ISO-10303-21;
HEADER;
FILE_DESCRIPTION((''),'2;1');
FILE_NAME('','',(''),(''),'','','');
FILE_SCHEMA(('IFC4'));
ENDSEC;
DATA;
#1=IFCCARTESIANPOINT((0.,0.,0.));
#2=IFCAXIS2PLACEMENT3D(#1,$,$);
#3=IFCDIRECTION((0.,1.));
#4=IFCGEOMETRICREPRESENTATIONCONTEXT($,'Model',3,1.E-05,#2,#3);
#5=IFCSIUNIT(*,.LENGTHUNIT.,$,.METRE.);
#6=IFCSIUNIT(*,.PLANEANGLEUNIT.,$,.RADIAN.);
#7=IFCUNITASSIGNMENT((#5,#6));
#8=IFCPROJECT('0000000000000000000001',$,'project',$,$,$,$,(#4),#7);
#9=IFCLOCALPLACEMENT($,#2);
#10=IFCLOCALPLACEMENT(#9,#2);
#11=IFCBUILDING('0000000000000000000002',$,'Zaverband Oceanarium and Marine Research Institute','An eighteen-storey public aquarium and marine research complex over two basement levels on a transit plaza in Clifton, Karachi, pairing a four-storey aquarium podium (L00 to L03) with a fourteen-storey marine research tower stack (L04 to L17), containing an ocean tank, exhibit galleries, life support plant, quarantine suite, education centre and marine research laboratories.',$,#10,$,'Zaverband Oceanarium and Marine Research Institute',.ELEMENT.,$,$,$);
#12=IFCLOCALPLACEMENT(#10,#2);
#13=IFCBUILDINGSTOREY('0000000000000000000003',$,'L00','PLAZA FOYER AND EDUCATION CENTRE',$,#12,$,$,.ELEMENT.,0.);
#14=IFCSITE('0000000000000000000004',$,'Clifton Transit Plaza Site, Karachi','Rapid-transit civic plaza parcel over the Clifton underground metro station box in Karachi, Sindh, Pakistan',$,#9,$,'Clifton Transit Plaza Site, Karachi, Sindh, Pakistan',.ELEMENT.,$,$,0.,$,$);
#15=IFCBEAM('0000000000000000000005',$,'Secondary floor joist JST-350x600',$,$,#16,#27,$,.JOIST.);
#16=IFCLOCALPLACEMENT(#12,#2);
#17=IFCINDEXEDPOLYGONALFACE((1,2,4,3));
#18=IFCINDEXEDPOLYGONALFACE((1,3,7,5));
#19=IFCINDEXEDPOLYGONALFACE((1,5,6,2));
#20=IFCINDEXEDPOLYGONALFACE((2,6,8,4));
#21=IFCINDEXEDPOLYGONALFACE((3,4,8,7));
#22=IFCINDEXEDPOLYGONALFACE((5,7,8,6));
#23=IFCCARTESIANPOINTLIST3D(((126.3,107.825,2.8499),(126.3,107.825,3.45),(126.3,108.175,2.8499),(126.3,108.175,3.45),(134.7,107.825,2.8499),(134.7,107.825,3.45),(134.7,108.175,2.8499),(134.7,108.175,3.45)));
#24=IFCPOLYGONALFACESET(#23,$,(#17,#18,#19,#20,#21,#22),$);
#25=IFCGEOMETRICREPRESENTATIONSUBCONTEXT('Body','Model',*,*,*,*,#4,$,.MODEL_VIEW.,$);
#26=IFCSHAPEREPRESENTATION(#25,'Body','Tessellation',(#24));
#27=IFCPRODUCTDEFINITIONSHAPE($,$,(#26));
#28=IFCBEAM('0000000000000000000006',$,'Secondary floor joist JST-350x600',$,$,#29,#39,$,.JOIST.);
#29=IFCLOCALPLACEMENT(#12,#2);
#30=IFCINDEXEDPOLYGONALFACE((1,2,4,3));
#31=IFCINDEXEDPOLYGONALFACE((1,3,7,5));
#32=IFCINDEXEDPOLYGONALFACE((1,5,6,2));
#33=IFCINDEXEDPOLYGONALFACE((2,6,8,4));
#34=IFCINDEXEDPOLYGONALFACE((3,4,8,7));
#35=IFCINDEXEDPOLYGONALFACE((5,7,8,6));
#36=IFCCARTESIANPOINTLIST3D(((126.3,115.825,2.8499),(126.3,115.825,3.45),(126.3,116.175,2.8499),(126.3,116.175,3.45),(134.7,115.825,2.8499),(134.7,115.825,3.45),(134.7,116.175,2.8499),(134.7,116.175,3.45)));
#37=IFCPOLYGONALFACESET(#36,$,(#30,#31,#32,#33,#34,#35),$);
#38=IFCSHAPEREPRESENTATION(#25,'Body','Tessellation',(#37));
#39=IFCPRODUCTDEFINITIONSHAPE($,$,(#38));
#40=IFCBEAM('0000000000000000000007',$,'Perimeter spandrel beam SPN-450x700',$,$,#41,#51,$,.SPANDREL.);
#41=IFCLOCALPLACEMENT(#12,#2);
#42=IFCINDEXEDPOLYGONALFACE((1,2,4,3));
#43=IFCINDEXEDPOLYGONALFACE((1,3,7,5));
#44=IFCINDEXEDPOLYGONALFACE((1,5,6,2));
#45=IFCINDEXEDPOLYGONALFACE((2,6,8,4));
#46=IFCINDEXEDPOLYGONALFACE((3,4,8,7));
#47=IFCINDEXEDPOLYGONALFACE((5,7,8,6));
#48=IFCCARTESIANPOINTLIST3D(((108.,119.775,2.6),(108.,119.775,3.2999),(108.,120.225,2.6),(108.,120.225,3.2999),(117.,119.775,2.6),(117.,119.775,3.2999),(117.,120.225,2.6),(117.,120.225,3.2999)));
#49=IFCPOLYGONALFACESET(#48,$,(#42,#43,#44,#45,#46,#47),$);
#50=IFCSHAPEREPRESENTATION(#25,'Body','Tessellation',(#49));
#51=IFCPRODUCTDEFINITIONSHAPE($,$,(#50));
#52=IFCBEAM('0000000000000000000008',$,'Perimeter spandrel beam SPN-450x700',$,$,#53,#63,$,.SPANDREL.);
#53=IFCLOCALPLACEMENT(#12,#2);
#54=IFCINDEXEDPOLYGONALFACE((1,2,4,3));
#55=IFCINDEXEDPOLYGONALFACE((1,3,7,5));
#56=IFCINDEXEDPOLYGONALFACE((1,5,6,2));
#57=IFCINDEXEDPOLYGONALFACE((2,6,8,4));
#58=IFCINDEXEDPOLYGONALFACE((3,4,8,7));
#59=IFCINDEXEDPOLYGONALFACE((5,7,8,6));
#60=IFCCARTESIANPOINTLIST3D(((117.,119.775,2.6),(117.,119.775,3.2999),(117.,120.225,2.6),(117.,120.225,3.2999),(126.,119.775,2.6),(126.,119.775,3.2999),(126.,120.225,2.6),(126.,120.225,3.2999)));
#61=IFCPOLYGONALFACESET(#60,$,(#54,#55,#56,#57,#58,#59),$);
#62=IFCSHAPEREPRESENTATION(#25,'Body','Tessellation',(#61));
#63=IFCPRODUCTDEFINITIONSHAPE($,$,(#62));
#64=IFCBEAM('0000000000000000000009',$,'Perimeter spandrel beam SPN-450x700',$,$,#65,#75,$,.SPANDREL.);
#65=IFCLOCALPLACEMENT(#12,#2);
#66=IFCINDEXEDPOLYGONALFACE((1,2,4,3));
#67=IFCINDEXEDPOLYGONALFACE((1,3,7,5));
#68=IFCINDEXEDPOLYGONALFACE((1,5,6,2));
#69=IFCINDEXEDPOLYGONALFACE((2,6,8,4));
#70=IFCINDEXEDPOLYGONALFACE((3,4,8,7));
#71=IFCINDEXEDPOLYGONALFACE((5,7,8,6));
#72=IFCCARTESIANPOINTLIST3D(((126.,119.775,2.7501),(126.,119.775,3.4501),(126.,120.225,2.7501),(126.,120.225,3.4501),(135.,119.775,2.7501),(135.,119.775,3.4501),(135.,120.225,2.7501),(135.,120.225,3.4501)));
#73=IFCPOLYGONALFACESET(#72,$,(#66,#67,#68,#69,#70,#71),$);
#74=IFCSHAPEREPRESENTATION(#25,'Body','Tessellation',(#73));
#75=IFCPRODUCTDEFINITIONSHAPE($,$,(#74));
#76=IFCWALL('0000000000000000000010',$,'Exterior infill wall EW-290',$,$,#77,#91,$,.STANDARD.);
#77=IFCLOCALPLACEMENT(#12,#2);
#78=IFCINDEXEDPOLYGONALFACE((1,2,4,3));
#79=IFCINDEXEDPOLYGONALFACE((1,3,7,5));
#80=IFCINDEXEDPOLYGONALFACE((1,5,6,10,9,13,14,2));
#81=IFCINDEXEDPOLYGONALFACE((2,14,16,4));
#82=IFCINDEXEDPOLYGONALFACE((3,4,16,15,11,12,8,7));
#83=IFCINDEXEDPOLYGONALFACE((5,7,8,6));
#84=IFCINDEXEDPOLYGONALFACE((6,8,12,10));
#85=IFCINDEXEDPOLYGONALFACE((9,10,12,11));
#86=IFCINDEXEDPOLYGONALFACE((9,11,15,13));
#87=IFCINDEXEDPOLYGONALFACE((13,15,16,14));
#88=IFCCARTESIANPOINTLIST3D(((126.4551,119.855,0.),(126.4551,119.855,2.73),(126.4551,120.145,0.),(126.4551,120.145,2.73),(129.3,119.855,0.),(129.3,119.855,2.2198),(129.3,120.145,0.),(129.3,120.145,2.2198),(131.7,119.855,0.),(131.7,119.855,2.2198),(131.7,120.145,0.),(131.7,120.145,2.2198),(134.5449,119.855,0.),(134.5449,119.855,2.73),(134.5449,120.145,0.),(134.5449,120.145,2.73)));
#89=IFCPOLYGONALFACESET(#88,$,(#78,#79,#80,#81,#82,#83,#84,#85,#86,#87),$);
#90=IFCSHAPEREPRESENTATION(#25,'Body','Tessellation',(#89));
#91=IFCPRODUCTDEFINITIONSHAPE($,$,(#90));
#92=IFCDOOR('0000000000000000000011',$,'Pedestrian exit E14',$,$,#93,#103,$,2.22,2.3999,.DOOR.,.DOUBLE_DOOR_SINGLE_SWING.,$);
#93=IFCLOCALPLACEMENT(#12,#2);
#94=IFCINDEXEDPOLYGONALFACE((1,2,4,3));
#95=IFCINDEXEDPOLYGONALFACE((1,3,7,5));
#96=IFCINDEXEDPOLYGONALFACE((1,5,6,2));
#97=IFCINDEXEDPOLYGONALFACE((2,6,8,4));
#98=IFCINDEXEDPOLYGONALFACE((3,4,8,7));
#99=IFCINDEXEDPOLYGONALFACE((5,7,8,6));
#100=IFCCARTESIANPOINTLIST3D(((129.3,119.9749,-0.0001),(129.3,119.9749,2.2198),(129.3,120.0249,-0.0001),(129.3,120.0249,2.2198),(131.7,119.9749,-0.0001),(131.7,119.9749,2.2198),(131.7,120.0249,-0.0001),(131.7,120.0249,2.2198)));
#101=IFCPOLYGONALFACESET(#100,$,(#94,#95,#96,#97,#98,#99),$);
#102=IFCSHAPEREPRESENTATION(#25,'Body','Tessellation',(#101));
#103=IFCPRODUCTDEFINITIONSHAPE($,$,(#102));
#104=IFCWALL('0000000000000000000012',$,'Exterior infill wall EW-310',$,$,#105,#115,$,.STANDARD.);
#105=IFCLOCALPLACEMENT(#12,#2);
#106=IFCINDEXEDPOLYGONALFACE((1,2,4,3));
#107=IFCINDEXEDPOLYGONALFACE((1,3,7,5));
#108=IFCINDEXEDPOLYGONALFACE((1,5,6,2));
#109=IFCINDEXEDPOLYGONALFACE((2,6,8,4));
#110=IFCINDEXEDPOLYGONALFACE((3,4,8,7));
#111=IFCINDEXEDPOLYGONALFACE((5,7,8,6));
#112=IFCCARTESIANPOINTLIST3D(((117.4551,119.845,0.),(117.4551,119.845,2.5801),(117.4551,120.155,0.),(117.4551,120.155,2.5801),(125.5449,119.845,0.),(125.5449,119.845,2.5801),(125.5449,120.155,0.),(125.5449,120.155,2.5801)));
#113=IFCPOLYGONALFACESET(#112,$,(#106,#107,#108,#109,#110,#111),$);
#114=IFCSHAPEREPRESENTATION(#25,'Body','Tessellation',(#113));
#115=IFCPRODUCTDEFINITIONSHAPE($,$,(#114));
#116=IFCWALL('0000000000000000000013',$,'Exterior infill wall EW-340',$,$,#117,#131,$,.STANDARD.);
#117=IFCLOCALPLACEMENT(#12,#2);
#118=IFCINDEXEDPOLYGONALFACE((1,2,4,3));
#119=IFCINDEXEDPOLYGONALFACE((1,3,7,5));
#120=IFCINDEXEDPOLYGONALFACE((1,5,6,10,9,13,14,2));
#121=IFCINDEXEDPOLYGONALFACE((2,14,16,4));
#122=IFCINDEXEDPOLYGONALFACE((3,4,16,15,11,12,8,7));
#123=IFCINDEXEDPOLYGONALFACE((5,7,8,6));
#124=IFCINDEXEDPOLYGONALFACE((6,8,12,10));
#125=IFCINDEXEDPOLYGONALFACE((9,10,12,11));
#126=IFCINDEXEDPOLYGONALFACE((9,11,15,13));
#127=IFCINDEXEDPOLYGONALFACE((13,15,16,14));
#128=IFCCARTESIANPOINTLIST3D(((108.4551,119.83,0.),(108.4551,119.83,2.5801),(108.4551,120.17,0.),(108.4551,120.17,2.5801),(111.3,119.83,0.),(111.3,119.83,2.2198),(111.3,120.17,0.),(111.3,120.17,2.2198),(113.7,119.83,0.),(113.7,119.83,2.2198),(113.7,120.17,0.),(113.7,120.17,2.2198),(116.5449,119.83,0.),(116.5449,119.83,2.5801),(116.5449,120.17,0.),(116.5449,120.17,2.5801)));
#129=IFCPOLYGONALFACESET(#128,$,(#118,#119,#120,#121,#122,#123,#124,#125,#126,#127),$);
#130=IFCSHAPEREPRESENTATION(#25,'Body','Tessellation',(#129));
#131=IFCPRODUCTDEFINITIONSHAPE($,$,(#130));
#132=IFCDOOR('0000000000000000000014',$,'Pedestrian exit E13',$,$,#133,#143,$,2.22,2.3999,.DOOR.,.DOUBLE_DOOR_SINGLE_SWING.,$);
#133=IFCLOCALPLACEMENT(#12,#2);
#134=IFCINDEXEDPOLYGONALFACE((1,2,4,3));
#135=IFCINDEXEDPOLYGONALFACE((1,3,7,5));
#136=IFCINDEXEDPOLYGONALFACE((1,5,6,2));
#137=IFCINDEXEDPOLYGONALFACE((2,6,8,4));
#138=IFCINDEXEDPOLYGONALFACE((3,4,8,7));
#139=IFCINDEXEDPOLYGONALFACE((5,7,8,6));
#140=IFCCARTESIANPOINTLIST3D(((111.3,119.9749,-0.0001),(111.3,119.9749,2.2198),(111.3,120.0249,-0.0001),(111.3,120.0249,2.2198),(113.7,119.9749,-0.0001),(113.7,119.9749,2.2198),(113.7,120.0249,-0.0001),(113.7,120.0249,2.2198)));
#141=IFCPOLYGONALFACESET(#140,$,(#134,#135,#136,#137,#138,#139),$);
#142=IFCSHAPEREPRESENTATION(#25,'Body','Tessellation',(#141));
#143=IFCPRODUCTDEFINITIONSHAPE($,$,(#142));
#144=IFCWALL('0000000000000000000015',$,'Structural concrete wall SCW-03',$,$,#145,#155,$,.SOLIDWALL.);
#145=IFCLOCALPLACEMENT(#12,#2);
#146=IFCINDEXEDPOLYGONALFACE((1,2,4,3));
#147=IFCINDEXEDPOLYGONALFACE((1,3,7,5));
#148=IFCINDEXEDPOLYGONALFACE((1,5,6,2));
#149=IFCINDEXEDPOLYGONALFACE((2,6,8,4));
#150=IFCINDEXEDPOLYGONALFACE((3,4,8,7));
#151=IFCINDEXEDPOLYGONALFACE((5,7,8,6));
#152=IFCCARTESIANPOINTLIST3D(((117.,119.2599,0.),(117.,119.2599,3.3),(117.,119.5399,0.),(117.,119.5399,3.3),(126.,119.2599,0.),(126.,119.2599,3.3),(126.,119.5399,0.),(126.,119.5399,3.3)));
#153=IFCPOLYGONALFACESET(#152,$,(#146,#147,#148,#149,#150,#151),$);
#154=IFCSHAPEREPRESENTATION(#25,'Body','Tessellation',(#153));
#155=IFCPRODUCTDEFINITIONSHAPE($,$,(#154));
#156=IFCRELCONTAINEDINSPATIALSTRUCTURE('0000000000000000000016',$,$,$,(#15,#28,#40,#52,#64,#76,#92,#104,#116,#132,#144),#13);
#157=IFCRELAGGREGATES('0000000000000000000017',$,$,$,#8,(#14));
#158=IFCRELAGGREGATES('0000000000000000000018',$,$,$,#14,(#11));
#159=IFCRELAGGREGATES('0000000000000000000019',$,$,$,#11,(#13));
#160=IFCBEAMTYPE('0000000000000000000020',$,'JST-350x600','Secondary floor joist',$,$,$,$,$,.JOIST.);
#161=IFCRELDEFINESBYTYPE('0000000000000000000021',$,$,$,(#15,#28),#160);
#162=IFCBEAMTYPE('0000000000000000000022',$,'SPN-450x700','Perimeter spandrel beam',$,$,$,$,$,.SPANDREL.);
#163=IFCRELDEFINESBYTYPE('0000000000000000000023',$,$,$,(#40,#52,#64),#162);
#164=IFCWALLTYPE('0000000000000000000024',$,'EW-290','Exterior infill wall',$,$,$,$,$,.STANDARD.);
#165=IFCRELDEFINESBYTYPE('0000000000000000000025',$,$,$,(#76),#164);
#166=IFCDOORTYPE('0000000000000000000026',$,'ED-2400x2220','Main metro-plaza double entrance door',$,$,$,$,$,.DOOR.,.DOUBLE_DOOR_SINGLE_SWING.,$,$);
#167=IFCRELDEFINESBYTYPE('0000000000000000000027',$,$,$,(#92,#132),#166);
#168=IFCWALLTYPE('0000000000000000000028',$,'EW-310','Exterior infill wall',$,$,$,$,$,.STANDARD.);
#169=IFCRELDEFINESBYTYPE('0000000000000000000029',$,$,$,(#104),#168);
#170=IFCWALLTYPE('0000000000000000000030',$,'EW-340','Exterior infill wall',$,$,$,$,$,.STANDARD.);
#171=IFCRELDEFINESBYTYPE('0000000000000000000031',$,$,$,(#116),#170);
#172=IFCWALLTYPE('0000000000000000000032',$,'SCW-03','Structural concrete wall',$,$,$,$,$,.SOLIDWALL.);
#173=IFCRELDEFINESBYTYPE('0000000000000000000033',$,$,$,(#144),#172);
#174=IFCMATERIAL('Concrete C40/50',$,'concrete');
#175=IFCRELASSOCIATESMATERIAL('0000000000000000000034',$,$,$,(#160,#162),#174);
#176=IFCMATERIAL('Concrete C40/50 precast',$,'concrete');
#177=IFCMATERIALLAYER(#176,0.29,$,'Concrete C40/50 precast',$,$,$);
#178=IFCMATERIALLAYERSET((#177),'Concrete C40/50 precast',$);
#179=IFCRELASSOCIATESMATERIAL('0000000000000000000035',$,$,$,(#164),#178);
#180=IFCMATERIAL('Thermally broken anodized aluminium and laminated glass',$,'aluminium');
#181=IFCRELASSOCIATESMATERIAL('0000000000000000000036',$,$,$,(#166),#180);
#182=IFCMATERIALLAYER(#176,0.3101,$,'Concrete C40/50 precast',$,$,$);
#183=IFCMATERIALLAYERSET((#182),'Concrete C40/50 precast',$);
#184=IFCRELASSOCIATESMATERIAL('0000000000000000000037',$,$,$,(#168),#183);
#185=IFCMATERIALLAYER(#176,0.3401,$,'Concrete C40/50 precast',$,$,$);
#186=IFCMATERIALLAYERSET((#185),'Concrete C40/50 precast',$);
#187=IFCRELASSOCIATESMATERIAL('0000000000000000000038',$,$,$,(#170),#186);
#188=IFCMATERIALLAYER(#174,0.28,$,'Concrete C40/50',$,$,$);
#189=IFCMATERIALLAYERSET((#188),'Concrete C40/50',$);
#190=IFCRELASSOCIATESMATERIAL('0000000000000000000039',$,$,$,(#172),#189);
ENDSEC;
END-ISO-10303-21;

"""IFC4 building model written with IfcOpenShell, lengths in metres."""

from ifc_helpers import new_model, si_unit, direction, frame, frame_2d, origin, origin_2d, place, context, subcontext, project, spatial, rectangle, extrude, material, layer, layer_set, material_profile, profile_set, type_object, element, fill, save


model = new_model("IFC4")

# Units and contexts
model_context = context("Model", 3, precision=1e-05, world=origin(), true_north=direction((0.0, 1.0)))
body_context = subcontext(model_context, "Body", "Model", "MODEL_VIEW")
ifc_project = project(units=[si_unit("LENGTHUNIT", "METRE"), si_unit("PLANEANGLEUNIT", "RADIAN")], contexts=[model_context])

# Site, building, storey
site_placement = place(None, origin())
site = spatial("IfcSite", under=ifc_project, at=site_placement, Name="Clifton Transit Plaza Site, Karachi", Description="Rapid-transit civic plaza parcel over the Clifton underground metro station box in Karachi, Sindh, Pakistan", LongName="Clifton Transit Plaza Site, Karachi, Sindh, Pakistan", CompositionType="ELEMENT", RefElevation=0.0)
building_placement = place(site_placement, origin())
building = spatial("IfcBuilding", under=site, at=building_placement, Name="Zaverband Oceanarium and Marine Research Institute", Description="An eighteen-storey public aquarium and marine research complex over two basement levels on a transit plaza in Clifton, Karachi, pairing a four-storey aquarium podium (L00 to L03) with a fourteen-storey marine research tower stack (L04 to L17), containing an ocean tank, exhibit galleries, life support plant, quarantine suite, education centre and marine research laboratories.", LongName="Zaverband Oceanarium and Marine Research Institute", CompositionType="ELEMENT")
storey_placement = place(building_placement, origin())
storey = spatial("IfcBuildingStorey", under=building, at=storey_placement, Name="L00", Description="PLAZA FOYER AND EDUCATION CENTRE", CompositionType="ELEMENT", Elevation=0.0)

# Beams
ifc_material_1 = material(Name="Concrete C40/50", Category="concrete")
ifc_material_profile_1 = material_profile(ifc_material_1, rectangle(XDim=0.3501, YDim=0.6001, at=origin_2d()), Name="RC350x600")
ifc_profile_set_1 = profile_set([ifc_material_profile_1], Name="Concrete C40/50")
beam_type_1 = type_object("IfcBeamType", Name="JST-350x600", Description="Secondary floor joist", PredefinedType="JOIST", material=ifc_profile_set_1)
for number, where, z_axis, x_axis, name in (
    (1, (126.3, 108.0, 3.1499), (1.0, 0.0, 0.0), (0.0, 1.0, 0.0), "Secondary floor joist JST-350x600"),
    (2, (126.3, 116.0, 3.1499), (1.0, 0.0, 0.0), (0.0, 1.0, 0.0), "Secondary floor joist JST-350x600"),
):
    element("IfcBeam", number, at=place(storey_placement, frame(where, z_axis=z_axis, x_axis=x_axis)), inside=storey, type_object=beam_type_1, Name=name, PredefinedType="JOIST", context=body_context, shape_type="SweptSolid", body=[
        extrude(rectangle(XDim=0.3501, YDim=0.6001, at=origin_2d()), origin(), (0.0, 0.0, 1.0), 8.3999),
    ])
ifc_material_profile_2 = material_profile(ifc_material_1, rectangle(XDim=0.45, YDim=0.7, at=origin_2d()), Name="RC450x700")
ifc_profile_set_2 = profile_set([ifc_material_profile_2], Name="Concrete C40/50")
beam_type_2 = type_object("IfcBeamType", Name="SPN-450x700", Description="Perimeter spandrel beam", PredefinedType="SPANDREL", material=ifc_profile_set_2)
for number, where, z_axis, x_axis, name in (
    (3, (108.0, 120.0, 2.95), (1.0, 0.0, 0.0), (0.0, 1.0, 0.0), "Perimeter spandrel beam SPN-450x700"),
    (4, (117.0, 120.0, 2.95), (1.0, 0.0, 0.0), (0.0, 1.0, 0.0), "Perimeter spandrel beam SPN-450x700"),
    (5, (126.0, 120.0, 3.1001), (1.0, 0.0, 0.0), (0.0, 1.0, 0.0), "Perimeter spandrel beam SPN-450x700"),
):
    element("IfcBeam", number, at=place(storey_placement, frame(where, z_axis=z_axis, x_axis=x_axis)), inside=storey, type_object=beam_type_2, Name=name, PredefinedType="SPANDREL", context=body_context, shape_type="SweptSolid", body=[
        extrude(rectangle(XDim=0.45, YDim=0.7, at=origin_2d()), origin(), (0.0, 0.0, 1.0), 9.0),
    ])

# Wall, opening, door
ifc_material_2 = material(Name="Concrete C40/50 precast", Category="concrete")
ifc_layer_1 = layer(ifc_material_2, 0.29, Name="Concrete C40/50 precast")
ifc_layer_set_1 = layer_set([ifc_layer_1], Name="Concrete C40/50 precast")
wall_type_1 = type_object("IfcWallType", Name="EW-290", Description="Exterior infill wall", PredefinedType="STANDARD", material=ifc_layer_set_1)
wall_1_placement = place(storey_placement, frame((126.4551, 120.0, 0.0), z_axis=(0.0, 0.0, 1.0), x_axis=(1.0, 0.0, 0.0)))
wall_1 = element("IfcWall", 6, at=wall_1_placement, inside=storey, type_object=wall_type_1, Name="Exterior infill wall EW-290", PredefinedType="STANDARD", context=body_context, shape_type="SweptSolid", body=[
    extrude(rectangle(XDim=8.0898, YDim=0.29, at=frame_2d((4.0449, 0.0))), origin(), (0.0, 0.0, 1.0), 2.73),
])
opening_1_placement = place(wall_1_placement, frame((2.845, 0.0, 0.0)))
opening_1 = element("IfcOpeningElement", 7, at=opening_1_placement, cuts=wall_1, PredefinedType="OPENING", context=body_context, shape_type="SweptSolid", body=[
    extrude(rectangle(XDim=2.3999, YDim=2.22, at=frame_2d((1.2, 1.1099))), frame((0.0, 0.157, 0.0), z_axis=(0.0, -1.0, 0.0), x_axis=(1.0, 0.0, 0.0)), (0.0, 0.0, 1.0), 0.314),
])
ifc_material_3 = material(Name="Thermally broken anodized aluminium and laminated glass", Category="aluminium")
door_type = type_object("IfcDoorType", Name="ED-2400x2220", Description="Main metro-plaza double entrance door", OperationType="DOUBLE_DOOR_SINGLE_SWING", PredefinedType="DOOR", material=ifc_material_3)
door_1_placement = place(opening_1_placement, origin())
door_1 = element("IfcDoor", 8, at=door_1_placement, inside=storey, type_object=door_type, Name="Pedestrian exit E14", OperationType="DOUBLE_DOOR_SINGLE_SWING", OverallHeight=2.22, OverallWidth=2.3999, PredefinedType="DOOR", context=body_context, shape_type="SweptSolid", body=[
    extrude(rectangle(XDim=2.3999, YDim=2.22, at=frame_2d((1.2, 1.1099))), frame((0.0, 0.0249, 0.0), z_axis=(0.0, -1.0, 0.0), x_axis=(1.0, 0.0, 0.0)), (0.0, 0.0, 1.0), 0.05),
])
fill(opening_1, door_1)

# Wall
ifc_layer_2 = layer(ifc_material_2, 0.3101, Name="Concrete C40/50 precast")
ifc_layer_set_2 = layer_set([ifc_layer_2], Name="Concrete C40/50 precast")
wall_type_2 = type_object("IfcWallType", Name="EW-310", Description="Exterior infill wall", PredefinedType="STANDARD", material=ifc_layer_set_2)
wall_2_placement = place(storey_placement, frame((117.4551, 120.0, 0.0), z_axis=(0.0, 0.0, 1.0), x_axis=(1.0, 0.0, 0.0)))
element("IfcWall", 9, at=wall_2_placement, inside=storey, type_object=wall_type_2, Name="Exterior infill wall EW-310", PredefinedType="STANDARD", context=body_context, shape_type="SweptSolid", body=[
    extrude(rectangle(XDim=8.0898, YDim=0.3101, at=frame_2d((4.0449, 0.0))), origin(), (0.0, 0.0, 1.0), 2.5801),
])

# Wall, opening, door
ifc_layer_3 = layer(ifc_material_2, 0.3401, Name="Concrete C40/50 precast")
ifc_layer_set_3 = layer_set([ifc_layer_3], Name="Concrete C40/50 precast")
wall_type_3 = type_object("IfcWallType", Name="EW-340", Description="Exterior infill wall", PredefinedType="STANDARD", material=ifc_layer_set_3)
wall_3_placement = place(storey_placement, frame((108.4551, 120.0, 0.0), z_axis=(0.0, 0.0, 1.0), x_axis=(1.0, 0.0, 0.0)))
wall_3 = element("IfcWall", 10, at=wall_3_placement, inside=storey, type_object=wall_type_3, Name="Exterior infill wall EW-340", PredefinedType="STANDARD", context=body_context, shape_type="SweptSolid", body=[
    extrude(rectangle(XDim=8.0898, YDim=0.3401, at=frame_2d((4.0449, 0.0))), origin(), (0.0, 0.0, 1.0), 2.5801),
])
opening_2_placement = place(wall_3_placement, frame((2.845, 0.0, 0.0)))
opening_2 = element("IfcOpeningElement", 11, at=opening_2_placement, cuts=wall_3, PredefinedType="OPENING", context=body_context, shape_type="SweptSolid", body=[
    extrude(rectangle(XDim=2.3999, YDim=2.22, at=frame_2d((1.2, 1.1099))), frame((0.0, 0.1821, 0.0), z_axis=(0.0, -1.0, 0.0), x_axis=(1.0, 0.0, 0.0)), (0.0, 0.0, 1.0), 0.364),
])
door_2_placement = place(opening_2_placement, origin())
door_2 = element("IfcDoor", 12, at=door_2_placement, inside=storey, type_object=door_type, Name="Pedestrian exit E13", OperationType="DOUBLE_DOOR_SINGLE_SWING", OverallHeight=2.22, OverallWidth=2.3999, PredefinedType="DOOR", context=body_context, shape_type="SweptSolid", body=[
    extrude(rectangle(XDim=2.3999, YDim=2.22, at=frame_2d((1.2, 1.1099))), frame((0.0, 0.0249, 0.0), z_axis=(0.0, -1.0, 0.0), x_axis=(1.0, 0.0, 0.0)), (0.0, 0.0, 1.0), 0.05),
])
fill(opening_2, door_2)

# Wall
ifc_layer_4 = layer(ifc_material_1, 0.28, Name="Concrete C40/50")
ifc_layer_set_4 = layer_set([ifc_layer_4], Name="Concrete C40/50")
wall_type_4 = type_object("IfcWallType", Name="SCW-03", Description="Structural concrete wall", PredefinedType="SOLIDWALL", material=ifc_layer_set_4)
wall_4_placement = place(storey_placement, frame((117.0, 119.3999, 0.0), z_axis=(0.0, 0.0, 1.0), x_axis=(1.0, 0.0, 0.0)))
element("IfcWall", 13, at=wall_4_placement, inside=storey, type_object=wall_type_4, Name="Structural concrete wall SCW-03", PredefinedType="SOLIDWALL", context=body_context, shape_type="SweptSolid", body=[
    extrude(rectangle(XDim=9.0, YDim=0.28, at=frame_2d((4.5, 0.0))), origin(), (0.0, 0.0, 1.0), 3.3),
])

save(model, "model.ifc")
